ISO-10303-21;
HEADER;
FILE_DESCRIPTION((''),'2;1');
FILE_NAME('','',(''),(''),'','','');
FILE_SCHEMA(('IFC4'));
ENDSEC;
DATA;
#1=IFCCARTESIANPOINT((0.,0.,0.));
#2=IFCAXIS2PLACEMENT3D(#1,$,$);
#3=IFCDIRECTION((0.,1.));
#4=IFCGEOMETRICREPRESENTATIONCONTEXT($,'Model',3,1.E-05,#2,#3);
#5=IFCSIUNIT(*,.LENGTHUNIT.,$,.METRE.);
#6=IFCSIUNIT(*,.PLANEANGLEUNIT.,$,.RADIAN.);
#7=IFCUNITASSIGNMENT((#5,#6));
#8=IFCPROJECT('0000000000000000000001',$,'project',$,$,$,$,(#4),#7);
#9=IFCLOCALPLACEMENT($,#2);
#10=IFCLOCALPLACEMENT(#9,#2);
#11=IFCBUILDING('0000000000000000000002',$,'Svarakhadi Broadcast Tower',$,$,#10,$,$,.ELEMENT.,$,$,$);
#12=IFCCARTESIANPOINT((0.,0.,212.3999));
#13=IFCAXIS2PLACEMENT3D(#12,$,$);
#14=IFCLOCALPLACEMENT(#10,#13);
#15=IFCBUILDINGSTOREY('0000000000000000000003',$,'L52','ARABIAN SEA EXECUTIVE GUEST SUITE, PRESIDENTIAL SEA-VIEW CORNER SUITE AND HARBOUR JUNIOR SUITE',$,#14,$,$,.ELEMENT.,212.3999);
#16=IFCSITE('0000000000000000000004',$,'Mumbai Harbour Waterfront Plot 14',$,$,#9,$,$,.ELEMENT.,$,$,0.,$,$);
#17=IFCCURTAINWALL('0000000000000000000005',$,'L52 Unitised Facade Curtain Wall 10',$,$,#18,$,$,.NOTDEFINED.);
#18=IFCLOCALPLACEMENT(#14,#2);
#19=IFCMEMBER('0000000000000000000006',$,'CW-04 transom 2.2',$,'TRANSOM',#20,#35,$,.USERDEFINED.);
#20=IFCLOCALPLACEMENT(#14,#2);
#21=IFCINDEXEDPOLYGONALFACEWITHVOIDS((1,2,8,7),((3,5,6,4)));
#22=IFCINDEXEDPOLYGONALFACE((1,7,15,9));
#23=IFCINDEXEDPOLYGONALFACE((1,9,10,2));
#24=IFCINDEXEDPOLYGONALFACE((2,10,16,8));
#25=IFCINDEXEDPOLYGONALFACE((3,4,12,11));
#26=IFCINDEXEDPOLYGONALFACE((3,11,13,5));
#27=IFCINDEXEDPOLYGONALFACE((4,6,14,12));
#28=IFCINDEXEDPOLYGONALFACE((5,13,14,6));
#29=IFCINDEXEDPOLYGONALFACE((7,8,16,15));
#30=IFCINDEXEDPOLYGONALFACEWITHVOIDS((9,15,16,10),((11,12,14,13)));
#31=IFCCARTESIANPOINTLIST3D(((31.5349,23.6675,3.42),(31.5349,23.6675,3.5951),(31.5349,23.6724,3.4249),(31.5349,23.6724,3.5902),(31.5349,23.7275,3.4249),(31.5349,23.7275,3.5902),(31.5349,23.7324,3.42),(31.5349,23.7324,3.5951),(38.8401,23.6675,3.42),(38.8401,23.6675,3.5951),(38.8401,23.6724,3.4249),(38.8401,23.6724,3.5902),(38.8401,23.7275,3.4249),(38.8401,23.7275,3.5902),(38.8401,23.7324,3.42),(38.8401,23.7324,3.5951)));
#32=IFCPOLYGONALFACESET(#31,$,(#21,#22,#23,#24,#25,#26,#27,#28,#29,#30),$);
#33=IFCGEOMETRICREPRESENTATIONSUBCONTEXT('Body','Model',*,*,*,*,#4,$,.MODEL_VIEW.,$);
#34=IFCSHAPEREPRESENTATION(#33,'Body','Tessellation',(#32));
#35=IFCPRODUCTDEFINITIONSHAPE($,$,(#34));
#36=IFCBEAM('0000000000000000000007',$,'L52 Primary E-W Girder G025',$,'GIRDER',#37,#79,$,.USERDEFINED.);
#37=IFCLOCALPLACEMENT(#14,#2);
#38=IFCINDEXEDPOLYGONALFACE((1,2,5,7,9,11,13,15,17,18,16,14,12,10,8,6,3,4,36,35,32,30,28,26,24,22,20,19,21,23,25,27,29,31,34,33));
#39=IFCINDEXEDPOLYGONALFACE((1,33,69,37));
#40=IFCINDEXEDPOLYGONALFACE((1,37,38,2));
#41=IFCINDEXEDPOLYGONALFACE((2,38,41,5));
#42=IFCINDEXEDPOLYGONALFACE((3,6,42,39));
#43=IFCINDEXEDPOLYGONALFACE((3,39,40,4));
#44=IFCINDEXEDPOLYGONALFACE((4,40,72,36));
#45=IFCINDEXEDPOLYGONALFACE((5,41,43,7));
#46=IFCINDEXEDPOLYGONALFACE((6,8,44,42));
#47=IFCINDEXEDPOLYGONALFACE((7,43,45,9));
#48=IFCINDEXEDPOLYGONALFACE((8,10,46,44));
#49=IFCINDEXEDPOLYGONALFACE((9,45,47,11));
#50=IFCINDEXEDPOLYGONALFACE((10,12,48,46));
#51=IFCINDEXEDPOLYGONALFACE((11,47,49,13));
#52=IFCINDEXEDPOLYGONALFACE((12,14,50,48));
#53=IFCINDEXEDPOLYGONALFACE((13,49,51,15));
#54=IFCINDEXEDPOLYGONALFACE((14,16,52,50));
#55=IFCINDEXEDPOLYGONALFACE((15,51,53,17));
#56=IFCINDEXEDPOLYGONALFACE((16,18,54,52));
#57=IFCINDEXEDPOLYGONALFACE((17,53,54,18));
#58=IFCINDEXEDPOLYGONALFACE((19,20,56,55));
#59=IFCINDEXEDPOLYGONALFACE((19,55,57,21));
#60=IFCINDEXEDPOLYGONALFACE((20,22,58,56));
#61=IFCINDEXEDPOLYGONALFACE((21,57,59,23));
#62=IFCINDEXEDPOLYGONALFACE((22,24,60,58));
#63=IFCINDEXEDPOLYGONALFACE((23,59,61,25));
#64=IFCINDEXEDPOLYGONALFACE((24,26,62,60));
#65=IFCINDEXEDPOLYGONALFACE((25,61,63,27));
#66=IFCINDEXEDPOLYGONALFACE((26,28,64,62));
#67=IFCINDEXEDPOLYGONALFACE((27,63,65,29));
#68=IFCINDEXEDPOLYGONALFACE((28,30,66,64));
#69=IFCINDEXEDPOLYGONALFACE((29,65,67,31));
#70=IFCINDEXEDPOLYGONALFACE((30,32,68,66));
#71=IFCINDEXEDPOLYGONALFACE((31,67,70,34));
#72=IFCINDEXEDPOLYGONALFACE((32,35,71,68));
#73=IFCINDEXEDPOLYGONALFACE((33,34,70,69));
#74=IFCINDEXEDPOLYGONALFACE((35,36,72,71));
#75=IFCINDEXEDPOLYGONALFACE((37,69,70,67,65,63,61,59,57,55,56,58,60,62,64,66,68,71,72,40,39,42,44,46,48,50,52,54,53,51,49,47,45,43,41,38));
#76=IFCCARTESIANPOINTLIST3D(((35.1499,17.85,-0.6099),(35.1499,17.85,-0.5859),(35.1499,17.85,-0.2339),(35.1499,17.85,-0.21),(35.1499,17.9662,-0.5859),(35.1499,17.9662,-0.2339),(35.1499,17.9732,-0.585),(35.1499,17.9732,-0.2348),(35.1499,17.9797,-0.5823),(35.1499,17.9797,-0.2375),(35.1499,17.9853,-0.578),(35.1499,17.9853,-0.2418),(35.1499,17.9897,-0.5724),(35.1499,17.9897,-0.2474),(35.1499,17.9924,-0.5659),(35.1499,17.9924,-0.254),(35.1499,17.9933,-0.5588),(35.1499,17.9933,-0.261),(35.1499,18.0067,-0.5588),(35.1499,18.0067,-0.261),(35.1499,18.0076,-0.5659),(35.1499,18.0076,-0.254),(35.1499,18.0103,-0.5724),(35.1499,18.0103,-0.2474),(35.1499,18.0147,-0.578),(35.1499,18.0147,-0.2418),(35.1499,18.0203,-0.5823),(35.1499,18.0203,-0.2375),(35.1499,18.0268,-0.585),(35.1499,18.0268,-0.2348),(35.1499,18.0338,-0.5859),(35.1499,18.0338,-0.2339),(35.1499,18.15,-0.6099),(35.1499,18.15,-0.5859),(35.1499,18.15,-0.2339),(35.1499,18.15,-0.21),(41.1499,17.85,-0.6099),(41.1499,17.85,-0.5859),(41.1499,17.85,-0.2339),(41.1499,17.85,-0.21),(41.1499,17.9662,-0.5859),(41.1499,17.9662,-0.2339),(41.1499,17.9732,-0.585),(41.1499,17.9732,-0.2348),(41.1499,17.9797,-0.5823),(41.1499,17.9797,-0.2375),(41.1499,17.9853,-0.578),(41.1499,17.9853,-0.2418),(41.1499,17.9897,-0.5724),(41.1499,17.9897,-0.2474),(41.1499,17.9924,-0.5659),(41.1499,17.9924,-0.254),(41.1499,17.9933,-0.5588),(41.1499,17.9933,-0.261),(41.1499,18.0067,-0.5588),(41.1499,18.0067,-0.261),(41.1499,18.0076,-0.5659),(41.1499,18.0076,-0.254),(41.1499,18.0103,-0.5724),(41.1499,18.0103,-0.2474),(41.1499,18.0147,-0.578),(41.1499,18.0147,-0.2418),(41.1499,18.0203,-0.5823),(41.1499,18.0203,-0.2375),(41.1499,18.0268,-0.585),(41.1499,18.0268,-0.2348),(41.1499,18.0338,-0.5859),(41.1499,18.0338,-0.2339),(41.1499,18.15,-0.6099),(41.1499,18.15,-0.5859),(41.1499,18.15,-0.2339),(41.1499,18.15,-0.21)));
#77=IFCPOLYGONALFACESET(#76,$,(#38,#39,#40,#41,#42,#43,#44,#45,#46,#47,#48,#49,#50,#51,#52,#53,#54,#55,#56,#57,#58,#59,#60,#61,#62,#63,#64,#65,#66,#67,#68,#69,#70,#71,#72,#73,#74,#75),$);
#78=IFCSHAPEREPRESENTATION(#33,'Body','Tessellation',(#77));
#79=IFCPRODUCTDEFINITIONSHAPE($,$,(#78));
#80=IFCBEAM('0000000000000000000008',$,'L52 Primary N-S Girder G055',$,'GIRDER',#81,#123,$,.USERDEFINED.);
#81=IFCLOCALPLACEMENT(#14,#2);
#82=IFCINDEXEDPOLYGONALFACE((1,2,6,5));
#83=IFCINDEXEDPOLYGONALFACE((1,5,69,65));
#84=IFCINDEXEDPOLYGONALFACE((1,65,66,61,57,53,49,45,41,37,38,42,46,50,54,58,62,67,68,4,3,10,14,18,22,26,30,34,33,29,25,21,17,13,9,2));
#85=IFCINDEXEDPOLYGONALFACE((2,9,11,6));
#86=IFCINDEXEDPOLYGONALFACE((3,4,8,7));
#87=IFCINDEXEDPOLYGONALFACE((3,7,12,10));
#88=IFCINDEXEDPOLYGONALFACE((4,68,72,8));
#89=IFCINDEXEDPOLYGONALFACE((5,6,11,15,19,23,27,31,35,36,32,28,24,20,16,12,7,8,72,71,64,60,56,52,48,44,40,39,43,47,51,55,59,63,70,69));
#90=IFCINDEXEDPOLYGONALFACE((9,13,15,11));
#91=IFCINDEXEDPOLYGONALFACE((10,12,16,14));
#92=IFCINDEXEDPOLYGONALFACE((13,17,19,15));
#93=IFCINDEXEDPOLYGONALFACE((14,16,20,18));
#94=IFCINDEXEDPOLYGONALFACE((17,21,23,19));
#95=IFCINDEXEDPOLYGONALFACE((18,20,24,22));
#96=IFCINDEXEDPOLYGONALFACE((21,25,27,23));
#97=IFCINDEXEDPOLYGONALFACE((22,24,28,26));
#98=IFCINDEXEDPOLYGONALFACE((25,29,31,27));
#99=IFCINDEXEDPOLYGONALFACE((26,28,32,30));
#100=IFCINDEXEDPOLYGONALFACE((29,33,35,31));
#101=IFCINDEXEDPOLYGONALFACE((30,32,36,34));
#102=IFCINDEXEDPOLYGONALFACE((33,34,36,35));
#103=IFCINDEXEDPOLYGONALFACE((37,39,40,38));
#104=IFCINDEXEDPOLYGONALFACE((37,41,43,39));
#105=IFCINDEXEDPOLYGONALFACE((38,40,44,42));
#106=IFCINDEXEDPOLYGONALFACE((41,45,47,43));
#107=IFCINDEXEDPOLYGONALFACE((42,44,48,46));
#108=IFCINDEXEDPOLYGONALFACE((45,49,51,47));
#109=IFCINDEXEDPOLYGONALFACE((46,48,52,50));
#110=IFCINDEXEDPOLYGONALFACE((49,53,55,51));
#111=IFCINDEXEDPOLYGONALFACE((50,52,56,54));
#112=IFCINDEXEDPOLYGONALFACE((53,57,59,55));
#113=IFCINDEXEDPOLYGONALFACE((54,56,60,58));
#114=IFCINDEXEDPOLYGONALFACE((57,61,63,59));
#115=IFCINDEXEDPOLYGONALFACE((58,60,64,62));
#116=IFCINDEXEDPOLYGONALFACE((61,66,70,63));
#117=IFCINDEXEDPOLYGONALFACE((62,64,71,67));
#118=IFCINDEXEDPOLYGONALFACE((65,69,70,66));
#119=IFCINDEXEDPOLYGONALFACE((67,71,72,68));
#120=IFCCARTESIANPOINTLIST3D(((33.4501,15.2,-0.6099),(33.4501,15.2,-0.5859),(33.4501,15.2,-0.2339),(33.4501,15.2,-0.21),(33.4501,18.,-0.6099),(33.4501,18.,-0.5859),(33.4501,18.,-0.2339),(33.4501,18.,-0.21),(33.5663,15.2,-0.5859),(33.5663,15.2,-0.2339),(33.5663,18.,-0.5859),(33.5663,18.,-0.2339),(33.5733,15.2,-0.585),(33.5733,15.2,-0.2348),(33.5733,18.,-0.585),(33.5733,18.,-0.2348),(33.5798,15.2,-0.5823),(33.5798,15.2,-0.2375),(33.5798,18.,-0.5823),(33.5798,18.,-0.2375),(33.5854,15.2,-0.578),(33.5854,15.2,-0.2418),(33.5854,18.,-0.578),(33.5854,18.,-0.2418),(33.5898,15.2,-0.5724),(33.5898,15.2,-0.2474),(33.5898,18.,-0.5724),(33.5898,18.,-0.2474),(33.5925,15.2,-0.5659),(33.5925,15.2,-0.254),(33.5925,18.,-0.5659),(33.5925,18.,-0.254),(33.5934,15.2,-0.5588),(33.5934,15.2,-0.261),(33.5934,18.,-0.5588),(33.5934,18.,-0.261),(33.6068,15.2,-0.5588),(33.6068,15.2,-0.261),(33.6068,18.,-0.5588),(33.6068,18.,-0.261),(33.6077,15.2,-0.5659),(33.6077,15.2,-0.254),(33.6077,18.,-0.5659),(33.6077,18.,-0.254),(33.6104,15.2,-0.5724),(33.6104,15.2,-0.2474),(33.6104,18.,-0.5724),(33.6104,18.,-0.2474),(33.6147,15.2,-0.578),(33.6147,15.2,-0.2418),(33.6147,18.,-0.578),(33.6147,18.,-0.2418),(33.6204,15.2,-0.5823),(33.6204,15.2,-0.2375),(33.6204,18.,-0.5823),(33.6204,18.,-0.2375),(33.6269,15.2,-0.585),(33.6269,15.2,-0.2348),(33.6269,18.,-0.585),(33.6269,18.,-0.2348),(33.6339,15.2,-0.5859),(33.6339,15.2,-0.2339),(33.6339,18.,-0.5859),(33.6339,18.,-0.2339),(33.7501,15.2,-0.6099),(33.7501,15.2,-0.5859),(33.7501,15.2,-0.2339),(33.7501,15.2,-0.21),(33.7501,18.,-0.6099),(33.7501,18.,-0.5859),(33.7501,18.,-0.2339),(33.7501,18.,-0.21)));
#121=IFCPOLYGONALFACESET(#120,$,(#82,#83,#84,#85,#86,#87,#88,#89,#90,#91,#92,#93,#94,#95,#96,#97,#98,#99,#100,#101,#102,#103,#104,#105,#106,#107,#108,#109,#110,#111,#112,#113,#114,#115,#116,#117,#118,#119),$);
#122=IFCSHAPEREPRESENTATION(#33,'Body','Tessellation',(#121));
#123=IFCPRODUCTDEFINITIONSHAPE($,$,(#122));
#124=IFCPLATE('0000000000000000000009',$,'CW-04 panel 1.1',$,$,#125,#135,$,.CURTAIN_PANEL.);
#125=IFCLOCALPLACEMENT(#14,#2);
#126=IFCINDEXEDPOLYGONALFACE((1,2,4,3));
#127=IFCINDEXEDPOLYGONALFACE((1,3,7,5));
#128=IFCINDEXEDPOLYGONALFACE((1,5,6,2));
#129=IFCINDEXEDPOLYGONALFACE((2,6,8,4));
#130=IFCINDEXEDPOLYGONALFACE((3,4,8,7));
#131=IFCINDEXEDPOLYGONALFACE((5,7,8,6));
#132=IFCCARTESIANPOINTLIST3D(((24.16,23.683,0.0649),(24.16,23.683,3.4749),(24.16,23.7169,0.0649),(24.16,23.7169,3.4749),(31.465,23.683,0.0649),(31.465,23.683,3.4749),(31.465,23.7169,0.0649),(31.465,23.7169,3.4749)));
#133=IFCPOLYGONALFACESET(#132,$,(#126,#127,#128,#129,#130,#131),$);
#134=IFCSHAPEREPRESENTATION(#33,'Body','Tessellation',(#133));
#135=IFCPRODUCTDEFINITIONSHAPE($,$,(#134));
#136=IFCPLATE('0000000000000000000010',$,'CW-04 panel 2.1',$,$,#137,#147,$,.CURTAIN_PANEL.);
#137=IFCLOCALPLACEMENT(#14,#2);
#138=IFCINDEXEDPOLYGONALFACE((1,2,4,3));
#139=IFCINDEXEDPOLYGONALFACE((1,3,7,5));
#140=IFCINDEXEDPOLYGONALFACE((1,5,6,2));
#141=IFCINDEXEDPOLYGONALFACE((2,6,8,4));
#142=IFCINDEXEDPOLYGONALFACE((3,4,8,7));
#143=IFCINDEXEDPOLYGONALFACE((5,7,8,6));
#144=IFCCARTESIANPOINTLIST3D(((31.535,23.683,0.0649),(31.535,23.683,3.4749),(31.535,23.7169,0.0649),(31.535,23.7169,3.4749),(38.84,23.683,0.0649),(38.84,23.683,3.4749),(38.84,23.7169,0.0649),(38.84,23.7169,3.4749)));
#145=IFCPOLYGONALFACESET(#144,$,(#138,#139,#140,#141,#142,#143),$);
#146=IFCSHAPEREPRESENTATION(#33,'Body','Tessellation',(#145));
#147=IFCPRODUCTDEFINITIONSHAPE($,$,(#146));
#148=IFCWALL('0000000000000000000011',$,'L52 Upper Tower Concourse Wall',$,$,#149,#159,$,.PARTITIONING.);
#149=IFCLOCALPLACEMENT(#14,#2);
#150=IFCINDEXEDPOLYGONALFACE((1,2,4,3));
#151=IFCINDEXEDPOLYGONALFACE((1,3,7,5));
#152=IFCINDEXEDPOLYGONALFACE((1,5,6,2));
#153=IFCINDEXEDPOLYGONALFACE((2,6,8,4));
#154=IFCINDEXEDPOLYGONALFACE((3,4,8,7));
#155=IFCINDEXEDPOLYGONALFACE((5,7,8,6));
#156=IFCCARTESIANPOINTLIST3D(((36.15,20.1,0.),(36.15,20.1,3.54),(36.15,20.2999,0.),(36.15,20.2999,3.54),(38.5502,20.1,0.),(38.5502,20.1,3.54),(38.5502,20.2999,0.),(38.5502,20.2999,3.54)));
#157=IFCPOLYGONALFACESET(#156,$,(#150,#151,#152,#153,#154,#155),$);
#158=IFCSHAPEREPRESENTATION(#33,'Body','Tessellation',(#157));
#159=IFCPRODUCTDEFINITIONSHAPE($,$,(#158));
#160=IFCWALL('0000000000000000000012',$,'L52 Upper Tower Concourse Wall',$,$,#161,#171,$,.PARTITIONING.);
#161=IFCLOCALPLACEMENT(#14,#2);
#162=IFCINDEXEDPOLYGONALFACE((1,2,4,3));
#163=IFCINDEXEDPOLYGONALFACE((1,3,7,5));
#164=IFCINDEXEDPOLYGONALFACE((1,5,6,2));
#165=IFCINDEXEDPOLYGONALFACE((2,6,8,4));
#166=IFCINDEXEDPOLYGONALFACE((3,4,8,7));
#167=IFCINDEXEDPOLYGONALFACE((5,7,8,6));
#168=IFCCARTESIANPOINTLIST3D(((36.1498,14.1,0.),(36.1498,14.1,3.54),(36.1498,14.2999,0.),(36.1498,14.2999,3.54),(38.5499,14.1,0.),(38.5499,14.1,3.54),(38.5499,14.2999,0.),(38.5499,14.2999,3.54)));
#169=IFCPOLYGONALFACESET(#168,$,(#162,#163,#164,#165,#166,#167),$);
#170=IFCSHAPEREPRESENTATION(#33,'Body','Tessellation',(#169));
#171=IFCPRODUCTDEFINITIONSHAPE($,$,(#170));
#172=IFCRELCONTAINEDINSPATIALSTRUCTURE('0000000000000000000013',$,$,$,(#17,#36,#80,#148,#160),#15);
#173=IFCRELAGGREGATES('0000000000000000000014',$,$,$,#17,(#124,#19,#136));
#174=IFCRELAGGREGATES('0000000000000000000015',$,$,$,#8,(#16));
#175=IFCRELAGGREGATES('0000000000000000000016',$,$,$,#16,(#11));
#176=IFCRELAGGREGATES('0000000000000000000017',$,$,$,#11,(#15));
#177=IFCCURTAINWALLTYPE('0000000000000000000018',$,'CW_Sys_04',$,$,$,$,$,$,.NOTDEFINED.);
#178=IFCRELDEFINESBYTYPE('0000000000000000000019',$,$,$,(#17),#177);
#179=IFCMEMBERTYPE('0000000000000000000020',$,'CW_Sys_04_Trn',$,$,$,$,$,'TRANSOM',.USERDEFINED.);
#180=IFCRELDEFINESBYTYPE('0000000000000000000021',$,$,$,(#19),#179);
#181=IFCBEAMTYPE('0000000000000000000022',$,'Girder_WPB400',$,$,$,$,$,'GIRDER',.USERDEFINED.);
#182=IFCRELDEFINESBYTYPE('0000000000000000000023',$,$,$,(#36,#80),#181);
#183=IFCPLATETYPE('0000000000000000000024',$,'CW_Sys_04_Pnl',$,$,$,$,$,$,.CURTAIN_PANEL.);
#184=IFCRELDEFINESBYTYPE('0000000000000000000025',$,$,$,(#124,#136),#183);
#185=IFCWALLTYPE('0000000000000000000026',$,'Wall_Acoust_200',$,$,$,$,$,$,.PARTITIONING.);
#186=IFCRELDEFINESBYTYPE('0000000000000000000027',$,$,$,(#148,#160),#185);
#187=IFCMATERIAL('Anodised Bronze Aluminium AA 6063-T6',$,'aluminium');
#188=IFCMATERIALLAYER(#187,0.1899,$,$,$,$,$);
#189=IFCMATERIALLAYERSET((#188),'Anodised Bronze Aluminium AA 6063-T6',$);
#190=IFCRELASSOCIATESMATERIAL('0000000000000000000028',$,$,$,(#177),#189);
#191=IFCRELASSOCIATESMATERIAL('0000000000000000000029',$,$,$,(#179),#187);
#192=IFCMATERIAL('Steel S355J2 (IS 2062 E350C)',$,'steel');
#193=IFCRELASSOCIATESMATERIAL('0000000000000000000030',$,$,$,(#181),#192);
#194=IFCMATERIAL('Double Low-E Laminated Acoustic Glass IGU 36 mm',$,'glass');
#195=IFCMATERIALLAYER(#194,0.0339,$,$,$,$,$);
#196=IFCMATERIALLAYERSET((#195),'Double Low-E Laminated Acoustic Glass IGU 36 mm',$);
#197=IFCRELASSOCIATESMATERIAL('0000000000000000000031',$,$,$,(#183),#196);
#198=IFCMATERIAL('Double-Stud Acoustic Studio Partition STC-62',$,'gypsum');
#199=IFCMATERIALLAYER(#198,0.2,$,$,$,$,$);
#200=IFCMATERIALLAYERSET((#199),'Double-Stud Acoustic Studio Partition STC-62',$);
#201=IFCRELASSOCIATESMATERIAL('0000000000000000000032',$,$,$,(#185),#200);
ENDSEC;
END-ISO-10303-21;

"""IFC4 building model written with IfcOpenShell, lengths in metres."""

from ifc_helpers import new_model, si_unit, direction, frame, frame_2d, origin, origin_2d, place, context, subcontext, project, spatial, rectangle, hollow_rectangle, i_section, extrude, material, layer, layer_set, material_profile, profile_set, type_object, element, aggregate, save


model = new_model("IFC4")

# Units and contexts
model_context = context("Model", 3, precision=1e-05, world=origin(), true_north=direction((0.0, 1.0)))
body_context = subcontext(model_context, "Body", "Model", "MODEL_VIEW")
ifc_project = project(units=[si_unit("LENGTHUNIT", "METRE"), si_unit("PLANEANGLEUNIT", "RADIAN")], contexts=[model_context])

# Site, building, storey
site_placement = place(None, origin())
site = spatial("IfcSite", under=ifc_project, at=site_placement, Name="Mumbai Harbour Waterfront Plot 14", CompositionType="ELEMENT", RefElevation=0.0)
building_placement = place(site_placement, origin())
building = spatial("IfcBuilding", under=site, at=building_placement, Name="Svarakhadi Broadcast Tower", CompositionType="ELEMENT")
storey_placement = place(building_placement, frame((0.0, 0.0, 212.3999)))
storey = spatial("IfcBuildingStorey", under=building, at=storey_placement, Name="L52", Description="ARABIAN SEA EXECUTIVE GUEST SUITE, PRESIDENTIAL SEA-VIEW CORNER SUITE AND HARBOUR JUNIOR SUITE", CompositionType="ELEMENT", Elevation=212.3999)

# Shared definitions
ifc_material_1 = material(Name="Steel S355J2 (IS 2062 E350C)", Category="steel")

# Curtain wall, member
ifc_material_2 = material(Name="Anodised Bronze Aluminium AA 6063-T6", Category="aluminium")
ifc_layer_1 = layer(ifc_material_2, 0.1899)
ifc_layer_set_1 = layer_set([ifc_layer_1], Name="Anodised Bronze Aluminium AA 6063-T6")
curtain_wall_type = type_object("IfcCurtainWallType", Name="CW_Sys_04", PredefinedType="NOTDEFINED", material=ifc_layer_set_1)
curtain_wall_placement = place(storey_placement, origin())
curtain_wall = element("IfcCurtainWall", 1, at=curtain_wall_placement, inside=storey, type_object=curtain_wall_type, Name="L52 Unitised Facade Curtain Wall 10", PredefinedType="NOTDEFINED")
ifc_material_profile_1 = material_profile(ifc_material_2, hollow_rectangle(XDim=0.0649, YDim=0.175, WallThickness=0.0049, at=origin_2d()), Name="ALU TRANSOM 175x65x5")
ifc_profile_set_1 = profile_set([ifc_material_profile_1], Name="Anodised Bronze Aluminium AA 6063-T6")
member_type_1 = type_object("IfcMemberType", Name="CW_Sys_04_Trn", ElementType="TRANSOM", PredefinedType="USERDEFINED", material=ifc_profile_set_1)
member_1_placement = place(storey_placement, frame((31.5349, 23.7, 3.5076), z_axis=(1.0, 0.0, 0.0), x_axis=(0.0, 1.0, 0.0)))
member_1 = element("IfcMember", 2, at=member_1_placement, type_object=member_type_1, Name="CW-04 transom 2.2", ObjectType="TRANSOM", PredefinedType="USERDEFINED", context=body_context, shape_type="SweptSolid", body=[
    extrude(hollow_rectangle(XDim=0.0649, YDim=0.175, WallThickness=0.0049, at=origin_2d()), origin(), (0.0, 0.0, 1.0), 7.3052),
])

# Beams
ifc_material_profile_2 = material_profile(ifc_material_1, i_section(OverallWidth=0.3, OverallDepth=0.3999, WebThickness=0.0134, FlangeThickness=0.0239, FilletRadius=0.0271, at=origin_2d()), Name="WPB 400x300x155")
ifc_profile_set_2 = profile_set([ifc_material_profile_2], Name="Steel S355J2 (IS 2062 E350C)")
beam_type_1 = type_object("IfcBeamType", Name="Girder_WPB400", ElementType="GIRDER", PredefinedType="USERDEFINED", material=ifc_profile_set_2)
beam_1_placement = place(storey_placement, frame((35.1499, 18.0, -0.4099), z_axis=(1.0, 0.0, 0.0), x_axis=(0.0, 1.0, 0.0)))
element("IfcBeam", 3, at=beam_1_placement, inside=storey, type_object=beam_type_1, Name="L52 Primary E-W Girder G025", ObjectType="GIRDER", PredefinedType="USERDEFINED", context=body_context, shape_type="SweptSolid", body=[
    extrude(i_section(OverallWidth=0.3, OverallDepth=0.3999, WebThickness=0.0134, FlangeThickness=0.0239, FilletRadius=0.0271, at=origin_2d()), origin(), (0.0, 0.0, 1.0), 6.0),
])
beam_2_placement = place(storey_placement, frame((33.6001, 15.2, -0.4099), z_axis=(0.0, 1.0, 0.0), x_axis=(-1.0, 0.0, 0.0)))
element("IfcBeam", 4, at=beam_2_placement, inside=storey, type_object=beam_type_1, Name="L52 Primary N-S Girder G055", ObjectType="GIRDER", PredefinedType="USERDEFINED", context=body_context, shape_type="SweptSolid", body=[
    extrude(i_section(OverallWidth=0.3, OverallDepth=0.3999, WebThickness=0.0134, FlangeThickness=0.0239, FilletRadius=0.0271, at=origin_2d()), origin(), (0.0, 0.0, 1.0), 2.8),
])

# Plates
ifc_material_3 = material(Name="Double Low-E Laminated Acoustic Glass IGU 36 mm", Category="glass")
ifc_layer_2 = layer(ifc_material_3, 0.0339)
ifc_layer_set_2 = layer_set([ifc_layer_2], Name="Double Low-E Laminated Acoustic Glass IGU 36 mm")
plate_type = type_object("IfcPlateType", Name="CW_Sys_04_Pnl", PredefinedType="CURTAIN_PANEL", material=ifc_layer_set_2)
plate_1_placement = place(storey_placement, frame((27.8125, 23.7, 0.0649), z_axis=(0.0, 0.0, 1.0), x_axis=(1.0, 0.0, 0.0)))
plate_1 = element("IfcPlate", 5, at=plate_1_placement, type_object=plate_type, Name="CW-04 panel 1.1", PredefinedType="CURTAIN_PANEL", context=body_context, shape_type="SweptSolid", body=[
    extrude(rectangle(XDim=7.3049, YDim=0.0339, at=origin_2d()), origin(), (0.0, 0.0, 1.0), 3.4099),
])
plate_2_placement = place(storey_placement, frame((35.1875, 23.7, 0.0649), z_axis=(0.0, 0.0, 1.0), x_axis=(1.0, 0.0, 0.0)))
plate_2 = element("IfcPlate", 6, at=plate_2_placement, type_object=plate_type, Name="CW-04 panel 2.1", PredefinedType="CURTAIN_PANEL", context=body_context, shape_type="SweptSolid", body=[
    extrude(rectangle(XDim=7.3049, YDim=0.0339, at=origin_2d()), origin(), (0.0, 0.0, 1.0), 3.4099),
])
aggregate(curtain_wall, [plate_1, member_1, plate_2])

# Walls
ifc_material_4 = material(Name="Double-Stud Acoustic Studio Partition STC-62", Category="gypsum")
ifc_layer_3 = layer(ifc_material_4, 0.2)
ifc_layer_set_3 = layer_set([ifc_layer_3], Name="Double-Stud Acoustic Studio Partition STC-62")
wall_type_1 = type_object("IfcWallType", Name="Wall_Acoust_200", PredefinedType="PARTITIONING", material=ifc_layer_set_3)
for number, where, z_axis, x_axis, name in (
    (7, (36.1499, 20.2, 0.0), (0.0, 0.0, 1.0), (1.0, 0.0, 0.0), "L52 Upper Tower Concourse Wall"),
    (8, (38.55, 14.2, 0.0), (0.0, 0.0, 1.0), (-1.0, 0.0, 0.0), "L52 Upper Tower Concourse Wall"),
):
    element("IfcWall", number, at=place(storey_placement, frame(where, z_axis=z_axis, x_axis=x_axis)), inside=storey, type_object=wall_type_1, Name=name, PredefinedType="PARTITIONING", context=body_context, shape_type="SweptSolid", body=[
        extrude(rectangle(XDim=2.4001, YDim=0.2, at=frame_2d((1.2002, 0.0))), origin(), (0.0, 0.0, 1.0), 3.54),
    ])

save(model, "model.ifc")
